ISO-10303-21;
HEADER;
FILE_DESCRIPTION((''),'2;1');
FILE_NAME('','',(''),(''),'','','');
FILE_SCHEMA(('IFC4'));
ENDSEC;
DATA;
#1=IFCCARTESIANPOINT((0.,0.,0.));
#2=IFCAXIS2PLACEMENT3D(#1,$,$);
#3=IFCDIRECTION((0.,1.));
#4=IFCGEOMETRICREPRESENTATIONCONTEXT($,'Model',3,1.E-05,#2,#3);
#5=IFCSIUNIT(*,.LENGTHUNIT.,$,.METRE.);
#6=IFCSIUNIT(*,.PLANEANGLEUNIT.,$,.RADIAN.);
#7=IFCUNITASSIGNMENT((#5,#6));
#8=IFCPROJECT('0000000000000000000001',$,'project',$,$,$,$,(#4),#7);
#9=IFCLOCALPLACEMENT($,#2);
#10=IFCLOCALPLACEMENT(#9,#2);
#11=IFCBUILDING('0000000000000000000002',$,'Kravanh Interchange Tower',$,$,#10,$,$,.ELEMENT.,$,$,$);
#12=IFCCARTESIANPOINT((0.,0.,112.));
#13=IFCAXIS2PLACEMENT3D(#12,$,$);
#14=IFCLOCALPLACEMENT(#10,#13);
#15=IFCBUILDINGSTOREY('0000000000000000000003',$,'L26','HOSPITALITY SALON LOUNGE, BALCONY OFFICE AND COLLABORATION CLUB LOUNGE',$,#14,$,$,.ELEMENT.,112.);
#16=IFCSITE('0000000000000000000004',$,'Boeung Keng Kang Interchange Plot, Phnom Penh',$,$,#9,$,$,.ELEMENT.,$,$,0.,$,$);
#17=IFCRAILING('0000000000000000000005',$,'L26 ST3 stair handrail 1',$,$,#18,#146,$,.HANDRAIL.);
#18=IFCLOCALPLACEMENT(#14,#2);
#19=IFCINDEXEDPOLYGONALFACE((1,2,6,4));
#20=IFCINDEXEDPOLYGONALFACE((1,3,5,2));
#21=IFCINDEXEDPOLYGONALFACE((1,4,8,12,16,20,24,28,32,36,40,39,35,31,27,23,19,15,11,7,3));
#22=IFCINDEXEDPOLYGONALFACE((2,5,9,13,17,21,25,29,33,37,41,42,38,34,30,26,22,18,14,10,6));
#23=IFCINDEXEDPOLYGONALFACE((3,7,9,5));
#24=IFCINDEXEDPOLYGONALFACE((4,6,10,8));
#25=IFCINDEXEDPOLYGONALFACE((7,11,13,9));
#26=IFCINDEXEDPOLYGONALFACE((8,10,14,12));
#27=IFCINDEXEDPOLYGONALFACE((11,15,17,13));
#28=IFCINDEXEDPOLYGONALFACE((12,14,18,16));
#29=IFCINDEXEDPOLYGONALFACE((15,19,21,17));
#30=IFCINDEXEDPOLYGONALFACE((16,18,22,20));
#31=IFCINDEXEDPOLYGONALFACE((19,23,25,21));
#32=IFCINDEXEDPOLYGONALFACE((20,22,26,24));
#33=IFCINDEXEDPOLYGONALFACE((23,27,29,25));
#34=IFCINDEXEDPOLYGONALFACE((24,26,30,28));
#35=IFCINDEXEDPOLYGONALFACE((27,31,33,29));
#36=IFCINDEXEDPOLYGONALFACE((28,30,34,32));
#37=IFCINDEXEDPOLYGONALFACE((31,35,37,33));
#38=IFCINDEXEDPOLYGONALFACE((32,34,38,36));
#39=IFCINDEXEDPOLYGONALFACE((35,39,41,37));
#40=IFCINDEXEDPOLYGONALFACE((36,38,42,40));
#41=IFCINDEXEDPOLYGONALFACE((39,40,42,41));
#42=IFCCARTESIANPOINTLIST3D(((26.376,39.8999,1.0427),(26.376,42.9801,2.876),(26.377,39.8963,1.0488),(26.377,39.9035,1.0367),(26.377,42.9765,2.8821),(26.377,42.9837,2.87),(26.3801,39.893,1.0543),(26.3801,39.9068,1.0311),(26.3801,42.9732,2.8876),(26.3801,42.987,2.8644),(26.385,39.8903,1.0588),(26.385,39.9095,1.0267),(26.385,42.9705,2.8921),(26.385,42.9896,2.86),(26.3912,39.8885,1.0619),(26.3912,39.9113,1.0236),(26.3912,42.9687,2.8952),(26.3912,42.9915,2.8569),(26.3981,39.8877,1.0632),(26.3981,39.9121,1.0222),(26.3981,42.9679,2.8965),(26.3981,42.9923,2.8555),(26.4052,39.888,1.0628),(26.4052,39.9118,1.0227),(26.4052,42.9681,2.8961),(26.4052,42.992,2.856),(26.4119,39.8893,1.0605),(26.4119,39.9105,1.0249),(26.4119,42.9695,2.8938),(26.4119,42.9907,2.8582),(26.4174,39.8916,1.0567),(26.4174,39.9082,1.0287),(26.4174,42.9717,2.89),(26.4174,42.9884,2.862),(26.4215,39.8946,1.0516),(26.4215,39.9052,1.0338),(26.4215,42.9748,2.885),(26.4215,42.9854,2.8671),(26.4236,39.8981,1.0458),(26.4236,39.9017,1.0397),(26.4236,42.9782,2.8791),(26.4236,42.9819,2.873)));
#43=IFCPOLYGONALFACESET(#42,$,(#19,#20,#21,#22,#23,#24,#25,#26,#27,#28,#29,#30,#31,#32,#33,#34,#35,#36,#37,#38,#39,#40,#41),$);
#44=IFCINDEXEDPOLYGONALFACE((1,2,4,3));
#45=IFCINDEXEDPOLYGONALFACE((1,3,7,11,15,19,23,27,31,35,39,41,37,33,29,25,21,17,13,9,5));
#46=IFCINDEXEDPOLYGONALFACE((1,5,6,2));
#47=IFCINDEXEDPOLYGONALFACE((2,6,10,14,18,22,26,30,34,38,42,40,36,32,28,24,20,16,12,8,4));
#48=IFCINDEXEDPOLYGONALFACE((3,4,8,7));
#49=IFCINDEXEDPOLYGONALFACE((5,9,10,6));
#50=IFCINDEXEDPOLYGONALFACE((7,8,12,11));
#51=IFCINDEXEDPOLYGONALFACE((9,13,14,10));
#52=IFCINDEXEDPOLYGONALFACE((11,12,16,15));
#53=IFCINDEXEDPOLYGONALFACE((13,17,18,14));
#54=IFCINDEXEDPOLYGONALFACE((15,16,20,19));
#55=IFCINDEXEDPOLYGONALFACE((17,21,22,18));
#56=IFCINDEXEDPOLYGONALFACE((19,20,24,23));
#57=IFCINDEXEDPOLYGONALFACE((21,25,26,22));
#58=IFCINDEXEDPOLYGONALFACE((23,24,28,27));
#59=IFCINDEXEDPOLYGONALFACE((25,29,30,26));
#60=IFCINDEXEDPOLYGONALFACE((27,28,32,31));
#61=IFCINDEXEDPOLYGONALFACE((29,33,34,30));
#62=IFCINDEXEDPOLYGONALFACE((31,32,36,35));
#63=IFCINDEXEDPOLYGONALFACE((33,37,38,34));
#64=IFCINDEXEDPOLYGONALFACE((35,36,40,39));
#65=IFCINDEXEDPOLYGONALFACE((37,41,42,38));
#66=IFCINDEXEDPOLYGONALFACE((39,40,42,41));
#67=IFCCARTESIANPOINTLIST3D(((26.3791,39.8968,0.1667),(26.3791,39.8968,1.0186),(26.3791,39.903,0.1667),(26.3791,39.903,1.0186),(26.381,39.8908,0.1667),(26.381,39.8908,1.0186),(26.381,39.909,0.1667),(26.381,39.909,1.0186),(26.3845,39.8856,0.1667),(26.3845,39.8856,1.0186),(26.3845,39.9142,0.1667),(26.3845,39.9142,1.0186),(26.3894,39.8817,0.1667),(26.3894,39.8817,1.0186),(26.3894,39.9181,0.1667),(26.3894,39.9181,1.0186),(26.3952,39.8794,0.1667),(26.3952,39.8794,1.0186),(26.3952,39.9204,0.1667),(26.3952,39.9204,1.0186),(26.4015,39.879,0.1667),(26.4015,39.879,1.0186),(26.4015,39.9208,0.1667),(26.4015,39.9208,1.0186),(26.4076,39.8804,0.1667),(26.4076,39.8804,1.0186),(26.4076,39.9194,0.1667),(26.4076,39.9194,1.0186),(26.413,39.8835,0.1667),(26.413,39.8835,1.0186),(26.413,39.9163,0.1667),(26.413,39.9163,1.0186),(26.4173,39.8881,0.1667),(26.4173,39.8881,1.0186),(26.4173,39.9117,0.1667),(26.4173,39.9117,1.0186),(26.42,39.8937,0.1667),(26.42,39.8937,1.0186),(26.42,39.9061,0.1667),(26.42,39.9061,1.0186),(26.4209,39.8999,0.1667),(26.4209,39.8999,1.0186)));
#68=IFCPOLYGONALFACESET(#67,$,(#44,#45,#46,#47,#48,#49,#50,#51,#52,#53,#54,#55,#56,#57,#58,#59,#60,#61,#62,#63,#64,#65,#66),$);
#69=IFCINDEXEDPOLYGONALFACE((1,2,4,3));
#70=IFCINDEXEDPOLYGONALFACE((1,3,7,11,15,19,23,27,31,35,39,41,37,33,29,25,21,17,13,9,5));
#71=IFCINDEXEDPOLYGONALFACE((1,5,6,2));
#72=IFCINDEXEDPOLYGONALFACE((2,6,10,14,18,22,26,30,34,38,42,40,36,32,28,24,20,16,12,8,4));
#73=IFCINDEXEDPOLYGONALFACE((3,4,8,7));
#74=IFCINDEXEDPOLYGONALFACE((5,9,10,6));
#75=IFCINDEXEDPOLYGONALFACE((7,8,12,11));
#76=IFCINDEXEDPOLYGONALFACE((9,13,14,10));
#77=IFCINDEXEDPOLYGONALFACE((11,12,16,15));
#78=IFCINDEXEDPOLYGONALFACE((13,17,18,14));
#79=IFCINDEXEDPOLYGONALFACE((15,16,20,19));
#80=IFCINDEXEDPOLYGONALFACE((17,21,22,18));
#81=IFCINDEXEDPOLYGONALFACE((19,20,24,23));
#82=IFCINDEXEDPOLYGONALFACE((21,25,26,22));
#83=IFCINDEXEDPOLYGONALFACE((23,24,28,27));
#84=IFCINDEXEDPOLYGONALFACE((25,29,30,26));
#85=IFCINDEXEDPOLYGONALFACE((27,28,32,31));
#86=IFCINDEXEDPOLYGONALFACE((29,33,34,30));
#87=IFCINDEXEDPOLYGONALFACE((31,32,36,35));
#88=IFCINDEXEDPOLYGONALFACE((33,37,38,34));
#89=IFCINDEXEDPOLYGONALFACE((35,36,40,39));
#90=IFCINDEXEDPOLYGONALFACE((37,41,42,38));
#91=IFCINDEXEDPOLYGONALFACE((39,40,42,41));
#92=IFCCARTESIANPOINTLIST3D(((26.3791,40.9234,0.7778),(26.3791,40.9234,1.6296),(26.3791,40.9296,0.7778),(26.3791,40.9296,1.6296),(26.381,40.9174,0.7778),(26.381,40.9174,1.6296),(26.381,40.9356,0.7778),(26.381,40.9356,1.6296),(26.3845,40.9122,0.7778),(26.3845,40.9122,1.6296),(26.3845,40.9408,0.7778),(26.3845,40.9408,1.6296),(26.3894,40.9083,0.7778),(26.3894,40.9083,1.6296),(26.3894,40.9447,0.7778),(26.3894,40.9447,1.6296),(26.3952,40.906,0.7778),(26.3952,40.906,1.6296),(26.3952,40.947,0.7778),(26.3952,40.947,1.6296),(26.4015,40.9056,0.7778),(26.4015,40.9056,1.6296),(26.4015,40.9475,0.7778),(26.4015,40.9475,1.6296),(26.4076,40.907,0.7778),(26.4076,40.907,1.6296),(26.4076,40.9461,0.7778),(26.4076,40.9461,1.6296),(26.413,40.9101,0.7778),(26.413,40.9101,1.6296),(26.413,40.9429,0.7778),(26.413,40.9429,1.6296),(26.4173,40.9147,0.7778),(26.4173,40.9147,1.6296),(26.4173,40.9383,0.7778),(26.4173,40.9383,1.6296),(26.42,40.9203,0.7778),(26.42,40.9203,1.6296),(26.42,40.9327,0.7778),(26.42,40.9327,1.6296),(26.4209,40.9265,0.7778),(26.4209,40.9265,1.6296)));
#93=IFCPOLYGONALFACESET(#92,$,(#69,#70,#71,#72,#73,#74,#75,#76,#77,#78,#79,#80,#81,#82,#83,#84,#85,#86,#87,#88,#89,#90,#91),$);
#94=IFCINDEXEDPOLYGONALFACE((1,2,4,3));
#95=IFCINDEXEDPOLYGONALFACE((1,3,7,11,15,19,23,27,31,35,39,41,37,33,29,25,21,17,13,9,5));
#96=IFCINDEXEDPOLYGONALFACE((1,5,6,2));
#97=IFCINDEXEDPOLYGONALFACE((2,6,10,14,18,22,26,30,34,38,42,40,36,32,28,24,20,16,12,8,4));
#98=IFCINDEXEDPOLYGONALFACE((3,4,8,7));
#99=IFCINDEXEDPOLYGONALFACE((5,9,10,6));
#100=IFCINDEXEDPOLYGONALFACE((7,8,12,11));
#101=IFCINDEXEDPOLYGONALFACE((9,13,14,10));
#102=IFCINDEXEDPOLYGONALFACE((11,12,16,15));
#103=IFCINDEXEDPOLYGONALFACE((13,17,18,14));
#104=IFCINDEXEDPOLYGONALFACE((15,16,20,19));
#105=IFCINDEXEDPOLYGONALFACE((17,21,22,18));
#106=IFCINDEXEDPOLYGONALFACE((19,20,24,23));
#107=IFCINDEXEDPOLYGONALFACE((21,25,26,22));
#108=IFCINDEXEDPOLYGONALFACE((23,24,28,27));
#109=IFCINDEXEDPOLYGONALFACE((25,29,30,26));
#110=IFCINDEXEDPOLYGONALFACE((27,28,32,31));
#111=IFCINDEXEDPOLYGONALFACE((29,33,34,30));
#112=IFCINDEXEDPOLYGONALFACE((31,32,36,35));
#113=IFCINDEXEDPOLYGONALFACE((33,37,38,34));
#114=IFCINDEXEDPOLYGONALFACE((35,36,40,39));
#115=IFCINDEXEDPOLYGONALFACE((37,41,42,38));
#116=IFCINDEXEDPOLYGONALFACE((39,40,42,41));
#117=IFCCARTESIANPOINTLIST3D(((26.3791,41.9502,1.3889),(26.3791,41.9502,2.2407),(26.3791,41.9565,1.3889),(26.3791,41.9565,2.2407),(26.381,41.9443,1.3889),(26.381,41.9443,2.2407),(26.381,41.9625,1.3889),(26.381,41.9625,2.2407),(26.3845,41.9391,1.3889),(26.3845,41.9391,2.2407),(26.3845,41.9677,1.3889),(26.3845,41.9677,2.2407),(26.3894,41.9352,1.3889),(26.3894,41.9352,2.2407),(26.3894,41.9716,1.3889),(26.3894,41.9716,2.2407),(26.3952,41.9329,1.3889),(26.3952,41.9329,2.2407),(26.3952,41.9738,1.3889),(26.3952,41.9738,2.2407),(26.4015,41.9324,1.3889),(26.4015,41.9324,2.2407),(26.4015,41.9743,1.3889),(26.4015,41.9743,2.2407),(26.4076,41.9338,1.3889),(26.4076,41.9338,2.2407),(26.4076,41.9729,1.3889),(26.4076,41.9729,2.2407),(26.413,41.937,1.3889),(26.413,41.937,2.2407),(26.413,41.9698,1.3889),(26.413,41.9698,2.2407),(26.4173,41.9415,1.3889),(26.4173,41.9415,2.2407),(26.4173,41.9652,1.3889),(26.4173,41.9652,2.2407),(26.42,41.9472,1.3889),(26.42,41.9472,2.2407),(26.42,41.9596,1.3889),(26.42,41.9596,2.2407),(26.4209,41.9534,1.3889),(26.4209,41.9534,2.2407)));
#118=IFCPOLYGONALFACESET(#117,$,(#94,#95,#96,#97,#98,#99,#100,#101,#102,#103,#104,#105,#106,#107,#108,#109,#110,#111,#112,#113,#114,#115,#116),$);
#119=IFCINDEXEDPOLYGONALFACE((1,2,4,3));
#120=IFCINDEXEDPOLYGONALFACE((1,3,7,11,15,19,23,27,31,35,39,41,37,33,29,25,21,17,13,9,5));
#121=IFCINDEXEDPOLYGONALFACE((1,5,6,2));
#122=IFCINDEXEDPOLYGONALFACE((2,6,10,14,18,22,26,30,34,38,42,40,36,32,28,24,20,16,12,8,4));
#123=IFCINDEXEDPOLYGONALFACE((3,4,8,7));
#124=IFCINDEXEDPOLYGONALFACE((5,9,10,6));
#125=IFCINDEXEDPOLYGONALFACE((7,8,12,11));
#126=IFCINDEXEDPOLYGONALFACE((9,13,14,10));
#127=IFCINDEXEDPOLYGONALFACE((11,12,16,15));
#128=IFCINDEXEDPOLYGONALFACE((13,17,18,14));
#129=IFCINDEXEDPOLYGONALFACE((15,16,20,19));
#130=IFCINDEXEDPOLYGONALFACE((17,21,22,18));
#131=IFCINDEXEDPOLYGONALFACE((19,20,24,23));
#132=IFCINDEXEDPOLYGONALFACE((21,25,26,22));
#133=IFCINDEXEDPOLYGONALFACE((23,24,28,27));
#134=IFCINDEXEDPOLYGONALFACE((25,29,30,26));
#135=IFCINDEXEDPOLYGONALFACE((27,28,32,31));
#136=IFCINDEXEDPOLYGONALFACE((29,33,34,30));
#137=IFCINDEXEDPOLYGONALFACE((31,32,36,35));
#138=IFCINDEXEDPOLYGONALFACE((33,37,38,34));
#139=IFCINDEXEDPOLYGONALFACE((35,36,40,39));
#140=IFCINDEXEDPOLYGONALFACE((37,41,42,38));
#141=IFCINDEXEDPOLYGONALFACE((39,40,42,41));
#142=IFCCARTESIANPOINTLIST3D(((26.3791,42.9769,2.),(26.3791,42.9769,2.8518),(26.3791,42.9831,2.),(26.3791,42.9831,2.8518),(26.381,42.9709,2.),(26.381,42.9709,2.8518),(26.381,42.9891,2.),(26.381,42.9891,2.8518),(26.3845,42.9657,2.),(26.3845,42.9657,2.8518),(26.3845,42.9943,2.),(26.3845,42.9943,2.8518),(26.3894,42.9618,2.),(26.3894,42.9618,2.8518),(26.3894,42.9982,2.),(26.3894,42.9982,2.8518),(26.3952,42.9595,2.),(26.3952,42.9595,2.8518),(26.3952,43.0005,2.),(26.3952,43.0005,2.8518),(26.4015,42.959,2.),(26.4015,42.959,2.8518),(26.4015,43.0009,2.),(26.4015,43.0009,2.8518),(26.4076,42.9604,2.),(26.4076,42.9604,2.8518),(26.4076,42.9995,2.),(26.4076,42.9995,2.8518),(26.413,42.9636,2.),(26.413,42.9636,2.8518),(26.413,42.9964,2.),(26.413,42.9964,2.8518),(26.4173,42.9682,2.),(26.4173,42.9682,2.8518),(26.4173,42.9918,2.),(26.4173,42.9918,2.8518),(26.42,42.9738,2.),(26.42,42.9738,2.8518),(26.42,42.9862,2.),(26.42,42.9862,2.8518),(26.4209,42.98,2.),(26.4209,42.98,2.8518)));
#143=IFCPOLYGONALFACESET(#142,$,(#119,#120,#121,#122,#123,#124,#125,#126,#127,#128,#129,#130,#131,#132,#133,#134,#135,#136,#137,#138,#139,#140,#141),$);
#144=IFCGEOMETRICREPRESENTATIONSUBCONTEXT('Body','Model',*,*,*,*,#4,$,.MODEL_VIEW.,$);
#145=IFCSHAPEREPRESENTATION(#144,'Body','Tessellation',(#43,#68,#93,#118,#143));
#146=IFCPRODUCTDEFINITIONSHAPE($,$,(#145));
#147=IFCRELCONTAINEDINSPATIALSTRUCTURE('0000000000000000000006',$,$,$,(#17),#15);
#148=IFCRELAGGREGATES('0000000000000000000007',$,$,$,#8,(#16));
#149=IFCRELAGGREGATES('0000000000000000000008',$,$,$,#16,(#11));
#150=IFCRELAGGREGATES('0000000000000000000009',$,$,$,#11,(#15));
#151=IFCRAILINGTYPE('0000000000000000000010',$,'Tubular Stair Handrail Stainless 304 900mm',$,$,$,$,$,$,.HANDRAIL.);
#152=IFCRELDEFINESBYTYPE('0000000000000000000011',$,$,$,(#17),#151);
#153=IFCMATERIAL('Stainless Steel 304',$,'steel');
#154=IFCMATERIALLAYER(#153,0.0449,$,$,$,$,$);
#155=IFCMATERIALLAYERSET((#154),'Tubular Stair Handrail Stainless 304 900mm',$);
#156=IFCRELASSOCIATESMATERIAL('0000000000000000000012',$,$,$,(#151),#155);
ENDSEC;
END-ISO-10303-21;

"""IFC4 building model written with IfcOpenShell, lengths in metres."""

from ifc_helpers import new_model, si_unit, direction, frame, origin, origin_2d, place, context, subcontext, project, spatial, circle, extrude, material, layer, layer_set, type_object, element, save


model = new_model("IFC4")

# Units and contexts
model_context = context("Model", 3, precision=1e-05, world=origin(), true_north=direction((0.0, 1.0)))
body_context = subcontext(model_context, "Body", "Model", "MODEL_VIEW")
ifc_project = project(units=[si_unit("LENGTHUNIT", "METRE"), si_unit("PLANEANGLEUNIT", "RADIAN")], contexts=[model_context])

# Site, building, storey
site_placement = place(None, origin())
site = spatial("IfcSite", under=ifc_project, at=site_placement, Name="Boeung Keng Kang Interchange Plot, Phnom Penh", CompositionType="ELEMENT", RefElevation=0.0)
building_placement = place(site_placement, origin())
building = spatial("IfcBuilding", under=site, at=building_placement, Name="Kravanh Interchange Tower", CompositionType="ELEMENT")
storey_placement = place(building_placement, frame((0.0, 0.0, 112.0)))
storey = spatial("IfcBuildingStorey", under=building, at=storey_placement, Name="L26", Description="HOSPITALITY SALON LOUNGE, BALCONY OFFICE AND COLLABORATION CLUB LOUNGE", CompositionType="ELEMENT", Elevation=112.0)

# Railing
ifc_material_1 = material(Name="Stainless Steel 304", Category="steel")
ifc_layer_1 = layer(ifc_material_1, 0.0449)
ifc_layer_set_1 = layer_set([ifc_layer_1], Name="Tubular Stair Handrail Stainless 304 900mm")
railing_type_1 = type_object("IfcRailingType", Name="Tubular Stair Handrail Stainless 304 900mm", PredefinedType="HANDRAIL", material=ifc_layer_set_1)
railing_1_placement = place(storey_placement, frame((26.3999, 39.8999, 0.1667)))
element("IfcRailing", 1, at=railing_1_placement, inside=storey, type_object=railing_type_1, Name="L26 ST3 stair handrail 1", PredefinedType="HANDRAIL", context=body_context, shape_type="SweptSolid", body=[
    extrude(circle(Radius=0.0239, at=origin_2d()), frame((0.0, 0.0, 0.876), z_axis=(0.0, 0.859309, 0.511458), x_axis=(-1.0, 0.0, 0.0)), (0.0, 0.0, 1.0), 3.5845),
    extrude(circle(Radius=0.021, at=origin_2d()), origin(), (0.0, 0.0, 1.0), 0.8518),
    extrude(circle(Radius=0.021, at=origin_2d()), frame((0.0, 1.0266, 0.6111)), (0.0, 0.0, 1.0), 0.8518),
    extrude(circle(Radius=0.021, at=origin_2d()), frame((0.0, 2.0535, 1.2222)), (0.0, 0.0, 1.0), 0.8518),
    extrude(circle(Radius=0.021, at=origin_2d()), frame((0.0, 3.0801, 1.8333)), (0.0, 0.0, 1.0), 0.8518),
])

save(model, "model.ifc")
